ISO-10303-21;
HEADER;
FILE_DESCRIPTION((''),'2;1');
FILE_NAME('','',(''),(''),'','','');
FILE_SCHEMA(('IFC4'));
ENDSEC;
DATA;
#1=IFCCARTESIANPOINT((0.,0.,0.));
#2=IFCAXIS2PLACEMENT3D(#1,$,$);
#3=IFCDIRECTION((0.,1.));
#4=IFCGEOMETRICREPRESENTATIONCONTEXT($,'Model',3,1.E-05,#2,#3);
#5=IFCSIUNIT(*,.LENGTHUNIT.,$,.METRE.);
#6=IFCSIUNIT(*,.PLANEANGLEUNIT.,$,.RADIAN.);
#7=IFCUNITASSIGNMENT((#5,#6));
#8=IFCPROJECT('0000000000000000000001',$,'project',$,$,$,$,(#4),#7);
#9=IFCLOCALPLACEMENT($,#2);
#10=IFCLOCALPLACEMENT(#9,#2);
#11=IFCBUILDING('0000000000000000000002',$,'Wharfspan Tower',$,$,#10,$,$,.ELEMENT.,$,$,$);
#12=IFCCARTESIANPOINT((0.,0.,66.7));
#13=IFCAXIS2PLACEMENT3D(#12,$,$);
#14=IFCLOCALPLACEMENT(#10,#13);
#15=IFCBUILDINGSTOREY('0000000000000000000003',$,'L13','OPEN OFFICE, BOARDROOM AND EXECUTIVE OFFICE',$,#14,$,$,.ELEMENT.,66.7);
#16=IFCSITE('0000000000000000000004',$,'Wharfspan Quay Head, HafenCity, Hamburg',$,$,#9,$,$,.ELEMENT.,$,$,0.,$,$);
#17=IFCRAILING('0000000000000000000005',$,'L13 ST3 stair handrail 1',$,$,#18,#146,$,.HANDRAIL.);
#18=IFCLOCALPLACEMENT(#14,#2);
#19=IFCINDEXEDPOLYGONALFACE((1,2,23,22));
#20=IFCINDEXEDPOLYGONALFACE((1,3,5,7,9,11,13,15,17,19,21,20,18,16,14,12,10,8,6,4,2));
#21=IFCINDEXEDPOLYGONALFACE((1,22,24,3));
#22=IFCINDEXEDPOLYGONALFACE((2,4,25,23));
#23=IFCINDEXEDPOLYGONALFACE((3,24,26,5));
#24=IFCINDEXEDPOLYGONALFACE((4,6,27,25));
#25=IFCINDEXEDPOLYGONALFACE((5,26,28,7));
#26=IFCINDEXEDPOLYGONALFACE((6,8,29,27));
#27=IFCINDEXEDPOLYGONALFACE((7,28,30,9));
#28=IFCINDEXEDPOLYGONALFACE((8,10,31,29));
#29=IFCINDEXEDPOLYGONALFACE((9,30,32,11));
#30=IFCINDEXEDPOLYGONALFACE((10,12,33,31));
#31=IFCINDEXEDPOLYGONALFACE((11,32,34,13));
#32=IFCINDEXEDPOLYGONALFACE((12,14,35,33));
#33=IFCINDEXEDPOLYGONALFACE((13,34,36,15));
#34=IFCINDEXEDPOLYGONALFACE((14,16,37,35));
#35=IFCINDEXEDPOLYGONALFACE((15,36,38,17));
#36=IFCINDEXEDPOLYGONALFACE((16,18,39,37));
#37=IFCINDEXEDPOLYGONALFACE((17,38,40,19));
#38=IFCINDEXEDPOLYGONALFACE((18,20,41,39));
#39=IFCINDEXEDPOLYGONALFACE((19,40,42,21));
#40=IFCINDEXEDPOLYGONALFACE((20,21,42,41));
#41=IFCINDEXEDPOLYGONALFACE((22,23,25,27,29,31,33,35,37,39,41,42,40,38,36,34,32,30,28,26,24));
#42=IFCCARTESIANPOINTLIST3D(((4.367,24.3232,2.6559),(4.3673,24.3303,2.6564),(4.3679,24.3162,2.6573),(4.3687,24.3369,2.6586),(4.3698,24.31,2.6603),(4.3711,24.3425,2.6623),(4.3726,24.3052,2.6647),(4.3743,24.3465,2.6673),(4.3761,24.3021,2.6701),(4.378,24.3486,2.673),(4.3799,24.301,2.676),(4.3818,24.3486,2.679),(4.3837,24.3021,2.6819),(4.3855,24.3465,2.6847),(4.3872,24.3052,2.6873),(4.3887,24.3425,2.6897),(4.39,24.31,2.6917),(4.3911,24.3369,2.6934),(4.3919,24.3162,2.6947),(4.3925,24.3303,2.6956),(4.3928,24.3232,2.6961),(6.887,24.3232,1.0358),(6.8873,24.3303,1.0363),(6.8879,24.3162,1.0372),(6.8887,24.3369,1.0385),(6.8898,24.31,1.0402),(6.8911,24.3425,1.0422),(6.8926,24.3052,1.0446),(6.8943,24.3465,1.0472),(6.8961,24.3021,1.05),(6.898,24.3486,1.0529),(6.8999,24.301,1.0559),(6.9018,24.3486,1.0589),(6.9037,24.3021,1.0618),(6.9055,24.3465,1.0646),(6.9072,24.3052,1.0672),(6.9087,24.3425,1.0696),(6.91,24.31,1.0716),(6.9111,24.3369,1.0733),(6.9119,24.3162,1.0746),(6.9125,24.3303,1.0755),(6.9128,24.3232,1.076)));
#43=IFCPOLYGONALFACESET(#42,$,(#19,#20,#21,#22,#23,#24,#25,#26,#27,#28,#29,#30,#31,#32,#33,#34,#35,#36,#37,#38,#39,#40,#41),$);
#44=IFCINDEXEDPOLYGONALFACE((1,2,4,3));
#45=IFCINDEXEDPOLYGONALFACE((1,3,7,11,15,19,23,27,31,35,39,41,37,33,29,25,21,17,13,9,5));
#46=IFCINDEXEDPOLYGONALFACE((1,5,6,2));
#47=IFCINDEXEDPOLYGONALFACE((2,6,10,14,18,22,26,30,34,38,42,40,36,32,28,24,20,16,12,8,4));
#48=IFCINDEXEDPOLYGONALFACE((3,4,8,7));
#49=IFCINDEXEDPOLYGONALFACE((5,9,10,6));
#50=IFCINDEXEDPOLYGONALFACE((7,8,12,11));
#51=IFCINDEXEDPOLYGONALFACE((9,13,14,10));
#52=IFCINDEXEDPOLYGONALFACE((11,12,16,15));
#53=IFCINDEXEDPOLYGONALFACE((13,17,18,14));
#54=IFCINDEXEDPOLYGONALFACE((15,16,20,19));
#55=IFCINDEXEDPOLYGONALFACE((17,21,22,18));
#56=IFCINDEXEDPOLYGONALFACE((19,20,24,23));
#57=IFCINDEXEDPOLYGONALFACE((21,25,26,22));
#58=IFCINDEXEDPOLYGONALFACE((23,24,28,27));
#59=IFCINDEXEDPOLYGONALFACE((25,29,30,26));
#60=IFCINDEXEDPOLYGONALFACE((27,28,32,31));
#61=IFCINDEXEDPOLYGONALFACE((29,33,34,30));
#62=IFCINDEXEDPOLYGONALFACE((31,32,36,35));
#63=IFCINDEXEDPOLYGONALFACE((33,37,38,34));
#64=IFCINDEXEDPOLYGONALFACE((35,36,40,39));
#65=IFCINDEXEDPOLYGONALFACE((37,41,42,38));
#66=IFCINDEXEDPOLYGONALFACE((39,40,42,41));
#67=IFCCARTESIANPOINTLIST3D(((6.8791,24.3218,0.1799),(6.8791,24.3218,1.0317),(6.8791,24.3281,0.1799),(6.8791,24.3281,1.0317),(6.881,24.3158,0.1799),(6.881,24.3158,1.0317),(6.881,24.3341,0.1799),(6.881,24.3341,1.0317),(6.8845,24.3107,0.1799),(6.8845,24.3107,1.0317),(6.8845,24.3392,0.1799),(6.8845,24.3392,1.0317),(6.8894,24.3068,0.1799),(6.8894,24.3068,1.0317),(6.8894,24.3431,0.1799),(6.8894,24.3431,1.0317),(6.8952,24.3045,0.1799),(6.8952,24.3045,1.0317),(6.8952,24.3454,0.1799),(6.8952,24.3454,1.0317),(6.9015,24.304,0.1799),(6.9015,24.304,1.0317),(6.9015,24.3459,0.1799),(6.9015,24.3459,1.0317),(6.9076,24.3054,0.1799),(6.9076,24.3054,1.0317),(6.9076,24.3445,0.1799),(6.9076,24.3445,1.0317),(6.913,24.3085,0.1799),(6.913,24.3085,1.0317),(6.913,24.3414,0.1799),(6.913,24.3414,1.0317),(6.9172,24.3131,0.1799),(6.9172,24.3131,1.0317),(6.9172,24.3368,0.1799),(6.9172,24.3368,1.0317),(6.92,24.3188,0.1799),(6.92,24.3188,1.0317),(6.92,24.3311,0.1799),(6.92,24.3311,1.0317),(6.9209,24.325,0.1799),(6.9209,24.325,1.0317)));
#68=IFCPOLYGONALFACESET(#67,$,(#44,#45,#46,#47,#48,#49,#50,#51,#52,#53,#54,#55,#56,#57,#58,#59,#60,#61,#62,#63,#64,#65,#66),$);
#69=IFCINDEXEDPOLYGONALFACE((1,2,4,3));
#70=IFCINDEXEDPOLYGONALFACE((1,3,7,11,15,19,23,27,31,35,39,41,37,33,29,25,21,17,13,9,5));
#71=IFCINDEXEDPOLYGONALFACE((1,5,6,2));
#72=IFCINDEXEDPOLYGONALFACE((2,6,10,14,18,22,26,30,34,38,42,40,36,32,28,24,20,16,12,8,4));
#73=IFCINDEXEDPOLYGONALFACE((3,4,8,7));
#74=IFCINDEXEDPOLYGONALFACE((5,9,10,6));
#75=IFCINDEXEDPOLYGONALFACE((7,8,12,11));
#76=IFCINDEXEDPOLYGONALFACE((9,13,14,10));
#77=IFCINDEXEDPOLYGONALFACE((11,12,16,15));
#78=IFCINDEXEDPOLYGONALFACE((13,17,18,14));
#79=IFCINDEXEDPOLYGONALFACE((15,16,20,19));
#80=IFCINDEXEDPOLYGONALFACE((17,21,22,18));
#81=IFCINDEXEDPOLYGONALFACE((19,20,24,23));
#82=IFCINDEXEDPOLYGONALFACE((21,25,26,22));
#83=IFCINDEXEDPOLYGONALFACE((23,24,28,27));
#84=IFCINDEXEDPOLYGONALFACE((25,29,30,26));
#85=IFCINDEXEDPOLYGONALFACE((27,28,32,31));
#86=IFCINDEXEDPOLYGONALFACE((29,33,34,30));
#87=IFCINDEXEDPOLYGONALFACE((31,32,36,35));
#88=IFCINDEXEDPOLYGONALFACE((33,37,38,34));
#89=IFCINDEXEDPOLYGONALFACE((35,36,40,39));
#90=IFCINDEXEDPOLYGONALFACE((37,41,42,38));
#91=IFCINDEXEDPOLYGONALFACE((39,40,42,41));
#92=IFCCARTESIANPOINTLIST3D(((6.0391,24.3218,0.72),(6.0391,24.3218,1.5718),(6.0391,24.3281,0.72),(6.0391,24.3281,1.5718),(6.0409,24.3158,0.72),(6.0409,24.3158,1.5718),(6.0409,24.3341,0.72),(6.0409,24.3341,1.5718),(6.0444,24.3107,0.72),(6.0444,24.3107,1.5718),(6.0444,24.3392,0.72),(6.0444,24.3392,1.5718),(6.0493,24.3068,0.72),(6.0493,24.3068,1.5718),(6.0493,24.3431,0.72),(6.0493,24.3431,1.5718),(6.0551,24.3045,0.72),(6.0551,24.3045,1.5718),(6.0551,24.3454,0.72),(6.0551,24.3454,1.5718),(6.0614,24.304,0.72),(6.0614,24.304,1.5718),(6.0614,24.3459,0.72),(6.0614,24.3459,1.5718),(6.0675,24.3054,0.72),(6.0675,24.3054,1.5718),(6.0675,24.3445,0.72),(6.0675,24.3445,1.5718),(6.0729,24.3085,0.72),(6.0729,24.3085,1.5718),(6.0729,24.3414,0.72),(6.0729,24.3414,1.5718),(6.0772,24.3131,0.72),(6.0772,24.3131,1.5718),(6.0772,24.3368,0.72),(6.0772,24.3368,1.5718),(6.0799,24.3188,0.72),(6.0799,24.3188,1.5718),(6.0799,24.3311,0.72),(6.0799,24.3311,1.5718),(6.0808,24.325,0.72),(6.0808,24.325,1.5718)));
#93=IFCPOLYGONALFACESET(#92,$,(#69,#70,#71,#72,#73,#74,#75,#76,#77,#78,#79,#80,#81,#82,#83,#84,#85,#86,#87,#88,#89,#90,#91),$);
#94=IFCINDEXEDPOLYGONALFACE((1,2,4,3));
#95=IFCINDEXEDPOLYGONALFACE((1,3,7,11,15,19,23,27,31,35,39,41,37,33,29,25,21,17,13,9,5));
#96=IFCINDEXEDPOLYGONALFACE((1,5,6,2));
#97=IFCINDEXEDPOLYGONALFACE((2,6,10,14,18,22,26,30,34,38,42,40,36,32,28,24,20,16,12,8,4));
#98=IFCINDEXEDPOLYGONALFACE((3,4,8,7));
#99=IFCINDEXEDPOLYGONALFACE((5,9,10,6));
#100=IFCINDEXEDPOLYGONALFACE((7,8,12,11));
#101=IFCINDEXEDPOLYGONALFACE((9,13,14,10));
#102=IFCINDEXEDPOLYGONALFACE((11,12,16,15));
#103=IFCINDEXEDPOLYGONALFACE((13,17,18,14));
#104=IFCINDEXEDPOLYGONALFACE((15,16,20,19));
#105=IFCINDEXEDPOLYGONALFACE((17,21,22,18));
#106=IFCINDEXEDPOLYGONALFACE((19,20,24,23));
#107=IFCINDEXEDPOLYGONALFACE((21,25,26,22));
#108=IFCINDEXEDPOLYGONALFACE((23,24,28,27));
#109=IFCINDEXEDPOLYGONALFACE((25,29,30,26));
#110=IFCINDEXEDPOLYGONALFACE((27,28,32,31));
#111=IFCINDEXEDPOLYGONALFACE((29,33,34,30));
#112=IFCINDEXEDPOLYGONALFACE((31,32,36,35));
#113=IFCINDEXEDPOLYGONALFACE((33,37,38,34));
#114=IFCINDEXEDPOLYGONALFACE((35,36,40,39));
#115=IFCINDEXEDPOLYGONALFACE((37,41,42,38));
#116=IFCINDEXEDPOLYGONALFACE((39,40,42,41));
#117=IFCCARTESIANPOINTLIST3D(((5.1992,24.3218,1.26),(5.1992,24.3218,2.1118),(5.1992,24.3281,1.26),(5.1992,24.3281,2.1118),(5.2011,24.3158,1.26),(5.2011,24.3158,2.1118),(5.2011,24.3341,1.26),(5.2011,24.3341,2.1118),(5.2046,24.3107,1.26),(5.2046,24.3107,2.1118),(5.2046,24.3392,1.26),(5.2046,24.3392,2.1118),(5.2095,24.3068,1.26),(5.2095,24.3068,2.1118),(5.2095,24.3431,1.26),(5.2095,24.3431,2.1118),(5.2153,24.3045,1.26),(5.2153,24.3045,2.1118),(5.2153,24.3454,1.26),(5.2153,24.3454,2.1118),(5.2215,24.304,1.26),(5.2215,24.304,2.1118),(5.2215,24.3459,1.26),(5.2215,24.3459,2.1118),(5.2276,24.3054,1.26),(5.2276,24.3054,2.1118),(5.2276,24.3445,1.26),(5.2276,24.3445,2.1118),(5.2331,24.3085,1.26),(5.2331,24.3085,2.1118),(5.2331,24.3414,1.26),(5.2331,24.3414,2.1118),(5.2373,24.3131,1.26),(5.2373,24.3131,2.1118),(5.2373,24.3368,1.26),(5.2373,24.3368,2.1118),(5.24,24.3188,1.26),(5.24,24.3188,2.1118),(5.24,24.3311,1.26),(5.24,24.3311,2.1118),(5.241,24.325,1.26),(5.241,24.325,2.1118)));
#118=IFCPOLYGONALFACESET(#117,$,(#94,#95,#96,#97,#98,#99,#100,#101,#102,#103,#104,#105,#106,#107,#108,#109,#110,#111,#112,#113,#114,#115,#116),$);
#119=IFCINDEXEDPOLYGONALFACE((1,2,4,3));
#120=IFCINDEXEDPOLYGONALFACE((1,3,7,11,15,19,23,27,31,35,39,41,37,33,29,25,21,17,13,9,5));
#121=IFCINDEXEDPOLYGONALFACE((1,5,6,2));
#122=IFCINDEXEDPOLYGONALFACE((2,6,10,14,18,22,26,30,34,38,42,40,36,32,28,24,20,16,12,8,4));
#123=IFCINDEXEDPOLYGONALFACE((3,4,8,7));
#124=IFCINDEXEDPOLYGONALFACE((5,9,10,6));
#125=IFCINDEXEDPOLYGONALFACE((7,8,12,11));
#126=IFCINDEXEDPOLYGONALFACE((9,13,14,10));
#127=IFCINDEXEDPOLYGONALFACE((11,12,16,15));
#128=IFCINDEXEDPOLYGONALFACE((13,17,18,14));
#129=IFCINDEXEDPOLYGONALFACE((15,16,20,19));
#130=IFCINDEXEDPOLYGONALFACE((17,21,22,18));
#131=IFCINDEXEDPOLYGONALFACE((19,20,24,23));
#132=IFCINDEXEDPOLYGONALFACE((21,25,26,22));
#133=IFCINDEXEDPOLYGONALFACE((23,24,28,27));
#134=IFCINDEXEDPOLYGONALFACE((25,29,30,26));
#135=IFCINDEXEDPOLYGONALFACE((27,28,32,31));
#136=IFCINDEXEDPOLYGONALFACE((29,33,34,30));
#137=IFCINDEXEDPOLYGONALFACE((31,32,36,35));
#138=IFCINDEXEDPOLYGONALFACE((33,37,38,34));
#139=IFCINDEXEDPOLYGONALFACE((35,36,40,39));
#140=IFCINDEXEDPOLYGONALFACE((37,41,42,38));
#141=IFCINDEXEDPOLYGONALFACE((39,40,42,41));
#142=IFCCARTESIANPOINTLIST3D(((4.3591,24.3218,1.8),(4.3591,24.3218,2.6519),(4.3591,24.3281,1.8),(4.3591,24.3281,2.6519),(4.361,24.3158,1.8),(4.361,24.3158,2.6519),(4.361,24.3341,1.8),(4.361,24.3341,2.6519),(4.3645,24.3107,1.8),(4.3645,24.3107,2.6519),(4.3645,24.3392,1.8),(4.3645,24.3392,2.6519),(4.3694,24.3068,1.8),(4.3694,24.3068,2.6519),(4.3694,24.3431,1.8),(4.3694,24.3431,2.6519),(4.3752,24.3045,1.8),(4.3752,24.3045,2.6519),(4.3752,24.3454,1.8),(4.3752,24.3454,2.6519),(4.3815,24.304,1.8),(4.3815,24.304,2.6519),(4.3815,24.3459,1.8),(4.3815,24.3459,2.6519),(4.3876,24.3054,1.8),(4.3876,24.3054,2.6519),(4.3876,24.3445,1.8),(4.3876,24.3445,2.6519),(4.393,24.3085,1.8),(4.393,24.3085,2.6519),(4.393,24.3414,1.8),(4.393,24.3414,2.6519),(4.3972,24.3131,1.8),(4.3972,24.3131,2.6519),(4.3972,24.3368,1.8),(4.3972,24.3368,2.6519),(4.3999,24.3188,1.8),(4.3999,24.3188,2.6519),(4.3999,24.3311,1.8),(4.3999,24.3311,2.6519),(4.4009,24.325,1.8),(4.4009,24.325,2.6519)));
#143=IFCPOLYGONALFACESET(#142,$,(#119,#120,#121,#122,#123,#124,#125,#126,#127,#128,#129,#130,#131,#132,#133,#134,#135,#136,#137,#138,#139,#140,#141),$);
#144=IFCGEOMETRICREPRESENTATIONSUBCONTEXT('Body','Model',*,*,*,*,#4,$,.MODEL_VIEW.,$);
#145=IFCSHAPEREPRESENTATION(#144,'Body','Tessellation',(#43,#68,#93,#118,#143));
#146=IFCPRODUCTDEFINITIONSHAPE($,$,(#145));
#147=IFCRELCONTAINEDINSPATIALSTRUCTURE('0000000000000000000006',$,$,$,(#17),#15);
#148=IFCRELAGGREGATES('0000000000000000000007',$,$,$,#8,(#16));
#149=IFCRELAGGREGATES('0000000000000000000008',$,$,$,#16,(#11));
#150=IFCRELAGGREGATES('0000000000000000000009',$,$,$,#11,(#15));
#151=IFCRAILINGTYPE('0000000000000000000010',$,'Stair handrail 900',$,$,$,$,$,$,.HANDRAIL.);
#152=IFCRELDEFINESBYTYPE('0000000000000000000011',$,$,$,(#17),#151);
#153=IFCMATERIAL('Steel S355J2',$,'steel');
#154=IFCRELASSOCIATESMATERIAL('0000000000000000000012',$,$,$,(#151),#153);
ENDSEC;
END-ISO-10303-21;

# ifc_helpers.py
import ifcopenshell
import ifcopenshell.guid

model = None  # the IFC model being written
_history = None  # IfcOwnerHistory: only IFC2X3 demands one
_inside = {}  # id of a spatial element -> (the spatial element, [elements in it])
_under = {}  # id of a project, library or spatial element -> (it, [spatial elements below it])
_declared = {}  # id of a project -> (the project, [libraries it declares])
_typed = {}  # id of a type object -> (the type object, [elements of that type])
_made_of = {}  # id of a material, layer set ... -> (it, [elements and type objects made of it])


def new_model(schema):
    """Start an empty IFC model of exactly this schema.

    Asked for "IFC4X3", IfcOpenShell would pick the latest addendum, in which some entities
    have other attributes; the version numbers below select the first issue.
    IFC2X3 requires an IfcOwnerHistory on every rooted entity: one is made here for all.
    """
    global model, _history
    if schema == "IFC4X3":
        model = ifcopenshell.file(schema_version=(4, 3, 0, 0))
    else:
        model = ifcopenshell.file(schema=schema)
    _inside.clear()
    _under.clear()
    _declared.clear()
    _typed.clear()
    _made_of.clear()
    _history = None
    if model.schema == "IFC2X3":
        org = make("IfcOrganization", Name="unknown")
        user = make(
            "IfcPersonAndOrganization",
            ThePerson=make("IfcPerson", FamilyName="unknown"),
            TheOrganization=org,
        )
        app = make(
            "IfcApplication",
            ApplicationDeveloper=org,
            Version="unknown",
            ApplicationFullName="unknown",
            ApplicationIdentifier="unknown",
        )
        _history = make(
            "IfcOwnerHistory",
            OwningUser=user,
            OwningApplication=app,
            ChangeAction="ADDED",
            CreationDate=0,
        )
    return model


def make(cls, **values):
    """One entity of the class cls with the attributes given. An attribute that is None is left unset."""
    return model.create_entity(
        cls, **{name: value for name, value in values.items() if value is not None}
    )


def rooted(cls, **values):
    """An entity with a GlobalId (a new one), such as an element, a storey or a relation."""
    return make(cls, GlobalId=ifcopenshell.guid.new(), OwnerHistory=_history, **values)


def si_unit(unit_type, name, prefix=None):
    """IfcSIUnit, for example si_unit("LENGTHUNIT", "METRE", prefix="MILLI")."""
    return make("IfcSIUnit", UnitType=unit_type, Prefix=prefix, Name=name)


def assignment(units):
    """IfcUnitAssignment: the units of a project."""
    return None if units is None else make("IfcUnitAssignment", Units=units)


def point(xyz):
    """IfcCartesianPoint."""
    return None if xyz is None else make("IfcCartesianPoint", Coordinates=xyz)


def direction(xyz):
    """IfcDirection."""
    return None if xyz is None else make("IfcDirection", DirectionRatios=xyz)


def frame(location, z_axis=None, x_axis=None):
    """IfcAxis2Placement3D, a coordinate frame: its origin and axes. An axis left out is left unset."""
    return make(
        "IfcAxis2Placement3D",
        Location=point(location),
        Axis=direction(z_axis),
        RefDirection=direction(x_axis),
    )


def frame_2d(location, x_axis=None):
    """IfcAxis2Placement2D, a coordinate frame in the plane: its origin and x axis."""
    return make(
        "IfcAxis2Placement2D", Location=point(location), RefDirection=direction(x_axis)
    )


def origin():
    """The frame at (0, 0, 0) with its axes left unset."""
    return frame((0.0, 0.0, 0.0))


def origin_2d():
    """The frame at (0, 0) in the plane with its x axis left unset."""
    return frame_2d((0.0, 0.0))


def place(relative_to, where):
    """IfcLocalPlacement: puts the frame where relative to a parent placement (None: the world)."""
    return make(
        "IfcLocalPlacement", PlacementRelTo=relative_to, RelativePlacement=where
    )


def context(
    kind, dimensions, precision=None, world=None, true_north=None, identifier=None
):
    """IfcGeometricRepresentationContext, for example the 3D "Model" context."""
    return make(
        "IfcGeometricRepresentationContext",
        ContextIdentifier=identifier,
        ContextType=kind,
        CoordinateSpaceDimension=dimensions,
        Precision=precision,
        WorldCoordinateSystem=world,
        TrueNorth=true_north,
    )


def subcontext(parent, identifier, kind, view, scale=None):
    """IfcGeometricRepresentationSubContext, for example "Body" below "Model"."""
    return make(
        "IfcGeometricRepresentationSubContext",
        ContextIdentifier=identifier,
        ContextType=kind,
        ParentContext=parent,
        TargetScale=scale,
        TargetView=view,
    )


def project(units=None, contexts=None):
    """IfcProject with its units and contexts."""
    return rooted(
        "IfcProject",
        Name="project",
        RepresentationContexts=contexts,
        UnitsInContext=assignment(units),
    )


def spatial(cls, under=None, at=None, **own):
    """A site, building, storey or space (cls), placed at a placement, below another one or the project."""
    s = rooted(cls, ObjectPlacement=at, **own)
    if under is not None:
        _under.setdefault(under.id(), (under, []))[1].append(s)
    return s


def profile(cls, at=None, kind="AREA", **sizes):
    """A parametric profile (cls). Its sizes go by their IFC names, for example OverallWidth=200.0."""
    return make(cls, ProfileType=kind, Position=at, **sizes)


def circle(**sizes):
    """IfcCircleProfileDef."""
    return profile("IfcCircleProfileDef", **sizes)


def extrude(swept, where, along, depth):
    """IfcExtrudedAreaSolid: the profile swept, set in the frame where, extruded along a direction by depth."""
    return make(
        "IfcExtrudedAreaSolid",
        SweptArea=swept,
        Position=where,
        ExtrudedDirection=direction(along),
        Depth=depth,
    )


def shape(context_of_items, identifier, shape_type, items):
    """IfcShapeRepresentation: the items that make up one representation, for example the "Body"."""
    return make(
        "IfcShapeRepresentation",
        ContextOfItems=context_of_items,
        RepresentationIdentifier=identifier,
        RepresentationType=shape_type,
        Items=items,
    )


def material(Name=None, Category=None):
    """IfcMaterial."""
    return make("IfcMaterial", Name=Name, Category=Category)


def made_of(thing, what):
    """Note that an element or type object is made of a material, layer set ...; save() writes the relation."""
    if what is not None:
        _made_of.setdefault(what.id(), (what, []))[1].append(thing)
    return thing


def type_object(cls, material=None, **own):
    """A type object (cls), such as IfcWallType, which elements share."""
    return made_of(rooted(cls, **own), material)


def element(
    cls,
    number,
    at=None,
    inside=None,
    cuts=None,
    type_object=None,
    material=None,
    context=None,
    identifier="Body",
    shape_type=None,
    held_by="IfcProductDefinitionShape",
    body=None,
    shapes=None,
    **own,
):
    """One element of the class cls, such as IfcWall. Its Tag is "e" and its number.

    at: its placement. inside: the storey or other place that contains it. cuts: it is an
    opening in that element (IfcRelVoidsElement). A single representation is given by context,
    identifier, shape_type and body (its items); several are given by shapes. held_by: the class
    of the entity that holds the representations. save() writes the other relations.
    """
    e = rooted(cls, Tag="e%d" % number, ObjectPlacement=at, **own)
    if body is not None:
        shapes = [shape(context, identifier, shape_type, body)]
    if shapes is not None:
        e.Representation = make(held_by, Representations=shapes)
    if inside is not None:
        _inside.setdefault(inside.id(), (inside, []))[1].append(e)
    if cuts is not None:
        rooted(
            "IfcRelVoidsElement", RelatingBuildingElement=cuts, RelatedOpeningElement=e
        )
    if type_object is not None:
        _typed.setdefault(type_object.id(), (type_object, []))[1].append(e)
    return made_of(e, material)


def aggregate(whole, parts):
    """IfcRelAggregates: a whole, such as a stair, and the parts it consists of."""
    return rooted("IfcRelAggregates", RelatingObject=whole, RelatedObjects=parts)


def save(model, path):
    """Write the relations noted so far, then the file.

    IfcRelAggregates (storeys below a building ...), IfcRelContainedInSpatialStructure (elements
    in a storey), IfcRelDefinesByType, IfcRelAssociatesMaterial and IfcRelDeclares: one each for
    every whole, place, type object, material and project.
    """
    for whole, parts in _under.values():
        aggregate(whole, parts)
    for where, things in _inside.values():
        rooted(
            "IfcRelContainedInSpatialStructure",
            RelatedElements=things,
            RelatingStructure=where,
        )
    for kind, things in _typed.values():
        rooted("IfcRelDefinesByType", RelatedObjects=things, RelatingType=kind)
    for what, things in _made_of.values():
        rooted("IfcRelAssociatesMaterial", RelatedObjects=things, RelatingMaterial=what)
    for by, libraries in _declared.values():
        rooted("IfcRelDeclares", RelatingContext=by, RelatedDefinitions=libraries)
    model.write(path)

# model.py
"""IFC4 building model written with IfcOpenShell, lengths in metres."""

from ifc_helpers import new_model, si_unit, direction, frame, origin, origin_2d, place, context, subcontext, project, spatial, circle, extrude, material, type_object, element, save


model = new_model("IFC4")

# Units and contexts
model_context = context("Model", 3, precision=1e-05, world=origin(), true_north=direction((0.0, 1.0)))
body_context = subcontext(model_context, "Body", "Model", "MODEL_VIEW")
ifc_project = project(units=[si_unit("LENGTHUNIT", "METRE"), si_unit("PLANEANGLEUNIT", "RADIAN")], contexts=[model_context])

# Site, building, storey
site_placement = place(None, origin())
site = spatial("IfcSite", under=ifc_project, at=site_placement, Name="Wharfspan Quay Head, HafenCity, Hamburg", CompositionType="ELEMENT", RefElevation=0.0)
building_placement = place(site_placement, origin())
building = spatial("IfcBuilding", under=site, at=building_placement, Name="Wharfspan Tower", CompositionType="ELEMENT")
storey_placement = place(building_placement, frame((0.0, 0.0, 66.7)))
storey = spatial("IfcBuildingStorey", under=building, at=storey_placement, Name="L13", Description="OPEN OFFICE, BOARDROOM AND EXECUTIVE OFFICE", CompositionType="ELEMENT", Elevation=66.7)

# Railing
ifc_material_1 = material(Name="Steel S355J2", Category="steel")
railing_type = type_object("IfcRailingType", Name="Stair handrail 900", PredefinedType="HANDRAIL", material=ifc_material_1)
railing_placement = place(storey_placement, frame((6.8999, 24.325, 0.1799)))
element("IfcRailing", 1, at=railing_placement, inside=storey, type_object=railing_type, Name="L13 ST3 stair handrail 1", PredefinedType="HANDRAIL", context=body_context, shape_type="SweptSolid", body=[
    extrude(circle(Radius=0.0239, at=origin_2d()), frame((0.0, 0.0, 0.876), z_axis=(-0.841163, 0.0, 0.540782), x_axis=(0.0, -1.0, 0.0)), (0.0, 0.0, 1.0), 2.9958),
    extrude(circle(Radius=0.021, at=origin_2d()), origin(), (0.0, 0.0, 1.0), 0.8518),
    extrude(circle(Radius=0.021, at=origin_2d()), frame((-0.8401, 0.0, 0.54)), (0.0, 0.0, 1.0), 0.8518),
    extrude(circle(Radius=0.021, at=origin_2d()), frame((-1.6799, 0.0, 1.0801)), (0.0, 0.0, 1.0), 0.8518),
    extrude(circle(Radius=0.021, at=origin_2d()), frame((-2.52, 0.0, 1.6201)), (0.0, 0.0, 1.0), 0.8518),
])

save(model, "model.ifc")
